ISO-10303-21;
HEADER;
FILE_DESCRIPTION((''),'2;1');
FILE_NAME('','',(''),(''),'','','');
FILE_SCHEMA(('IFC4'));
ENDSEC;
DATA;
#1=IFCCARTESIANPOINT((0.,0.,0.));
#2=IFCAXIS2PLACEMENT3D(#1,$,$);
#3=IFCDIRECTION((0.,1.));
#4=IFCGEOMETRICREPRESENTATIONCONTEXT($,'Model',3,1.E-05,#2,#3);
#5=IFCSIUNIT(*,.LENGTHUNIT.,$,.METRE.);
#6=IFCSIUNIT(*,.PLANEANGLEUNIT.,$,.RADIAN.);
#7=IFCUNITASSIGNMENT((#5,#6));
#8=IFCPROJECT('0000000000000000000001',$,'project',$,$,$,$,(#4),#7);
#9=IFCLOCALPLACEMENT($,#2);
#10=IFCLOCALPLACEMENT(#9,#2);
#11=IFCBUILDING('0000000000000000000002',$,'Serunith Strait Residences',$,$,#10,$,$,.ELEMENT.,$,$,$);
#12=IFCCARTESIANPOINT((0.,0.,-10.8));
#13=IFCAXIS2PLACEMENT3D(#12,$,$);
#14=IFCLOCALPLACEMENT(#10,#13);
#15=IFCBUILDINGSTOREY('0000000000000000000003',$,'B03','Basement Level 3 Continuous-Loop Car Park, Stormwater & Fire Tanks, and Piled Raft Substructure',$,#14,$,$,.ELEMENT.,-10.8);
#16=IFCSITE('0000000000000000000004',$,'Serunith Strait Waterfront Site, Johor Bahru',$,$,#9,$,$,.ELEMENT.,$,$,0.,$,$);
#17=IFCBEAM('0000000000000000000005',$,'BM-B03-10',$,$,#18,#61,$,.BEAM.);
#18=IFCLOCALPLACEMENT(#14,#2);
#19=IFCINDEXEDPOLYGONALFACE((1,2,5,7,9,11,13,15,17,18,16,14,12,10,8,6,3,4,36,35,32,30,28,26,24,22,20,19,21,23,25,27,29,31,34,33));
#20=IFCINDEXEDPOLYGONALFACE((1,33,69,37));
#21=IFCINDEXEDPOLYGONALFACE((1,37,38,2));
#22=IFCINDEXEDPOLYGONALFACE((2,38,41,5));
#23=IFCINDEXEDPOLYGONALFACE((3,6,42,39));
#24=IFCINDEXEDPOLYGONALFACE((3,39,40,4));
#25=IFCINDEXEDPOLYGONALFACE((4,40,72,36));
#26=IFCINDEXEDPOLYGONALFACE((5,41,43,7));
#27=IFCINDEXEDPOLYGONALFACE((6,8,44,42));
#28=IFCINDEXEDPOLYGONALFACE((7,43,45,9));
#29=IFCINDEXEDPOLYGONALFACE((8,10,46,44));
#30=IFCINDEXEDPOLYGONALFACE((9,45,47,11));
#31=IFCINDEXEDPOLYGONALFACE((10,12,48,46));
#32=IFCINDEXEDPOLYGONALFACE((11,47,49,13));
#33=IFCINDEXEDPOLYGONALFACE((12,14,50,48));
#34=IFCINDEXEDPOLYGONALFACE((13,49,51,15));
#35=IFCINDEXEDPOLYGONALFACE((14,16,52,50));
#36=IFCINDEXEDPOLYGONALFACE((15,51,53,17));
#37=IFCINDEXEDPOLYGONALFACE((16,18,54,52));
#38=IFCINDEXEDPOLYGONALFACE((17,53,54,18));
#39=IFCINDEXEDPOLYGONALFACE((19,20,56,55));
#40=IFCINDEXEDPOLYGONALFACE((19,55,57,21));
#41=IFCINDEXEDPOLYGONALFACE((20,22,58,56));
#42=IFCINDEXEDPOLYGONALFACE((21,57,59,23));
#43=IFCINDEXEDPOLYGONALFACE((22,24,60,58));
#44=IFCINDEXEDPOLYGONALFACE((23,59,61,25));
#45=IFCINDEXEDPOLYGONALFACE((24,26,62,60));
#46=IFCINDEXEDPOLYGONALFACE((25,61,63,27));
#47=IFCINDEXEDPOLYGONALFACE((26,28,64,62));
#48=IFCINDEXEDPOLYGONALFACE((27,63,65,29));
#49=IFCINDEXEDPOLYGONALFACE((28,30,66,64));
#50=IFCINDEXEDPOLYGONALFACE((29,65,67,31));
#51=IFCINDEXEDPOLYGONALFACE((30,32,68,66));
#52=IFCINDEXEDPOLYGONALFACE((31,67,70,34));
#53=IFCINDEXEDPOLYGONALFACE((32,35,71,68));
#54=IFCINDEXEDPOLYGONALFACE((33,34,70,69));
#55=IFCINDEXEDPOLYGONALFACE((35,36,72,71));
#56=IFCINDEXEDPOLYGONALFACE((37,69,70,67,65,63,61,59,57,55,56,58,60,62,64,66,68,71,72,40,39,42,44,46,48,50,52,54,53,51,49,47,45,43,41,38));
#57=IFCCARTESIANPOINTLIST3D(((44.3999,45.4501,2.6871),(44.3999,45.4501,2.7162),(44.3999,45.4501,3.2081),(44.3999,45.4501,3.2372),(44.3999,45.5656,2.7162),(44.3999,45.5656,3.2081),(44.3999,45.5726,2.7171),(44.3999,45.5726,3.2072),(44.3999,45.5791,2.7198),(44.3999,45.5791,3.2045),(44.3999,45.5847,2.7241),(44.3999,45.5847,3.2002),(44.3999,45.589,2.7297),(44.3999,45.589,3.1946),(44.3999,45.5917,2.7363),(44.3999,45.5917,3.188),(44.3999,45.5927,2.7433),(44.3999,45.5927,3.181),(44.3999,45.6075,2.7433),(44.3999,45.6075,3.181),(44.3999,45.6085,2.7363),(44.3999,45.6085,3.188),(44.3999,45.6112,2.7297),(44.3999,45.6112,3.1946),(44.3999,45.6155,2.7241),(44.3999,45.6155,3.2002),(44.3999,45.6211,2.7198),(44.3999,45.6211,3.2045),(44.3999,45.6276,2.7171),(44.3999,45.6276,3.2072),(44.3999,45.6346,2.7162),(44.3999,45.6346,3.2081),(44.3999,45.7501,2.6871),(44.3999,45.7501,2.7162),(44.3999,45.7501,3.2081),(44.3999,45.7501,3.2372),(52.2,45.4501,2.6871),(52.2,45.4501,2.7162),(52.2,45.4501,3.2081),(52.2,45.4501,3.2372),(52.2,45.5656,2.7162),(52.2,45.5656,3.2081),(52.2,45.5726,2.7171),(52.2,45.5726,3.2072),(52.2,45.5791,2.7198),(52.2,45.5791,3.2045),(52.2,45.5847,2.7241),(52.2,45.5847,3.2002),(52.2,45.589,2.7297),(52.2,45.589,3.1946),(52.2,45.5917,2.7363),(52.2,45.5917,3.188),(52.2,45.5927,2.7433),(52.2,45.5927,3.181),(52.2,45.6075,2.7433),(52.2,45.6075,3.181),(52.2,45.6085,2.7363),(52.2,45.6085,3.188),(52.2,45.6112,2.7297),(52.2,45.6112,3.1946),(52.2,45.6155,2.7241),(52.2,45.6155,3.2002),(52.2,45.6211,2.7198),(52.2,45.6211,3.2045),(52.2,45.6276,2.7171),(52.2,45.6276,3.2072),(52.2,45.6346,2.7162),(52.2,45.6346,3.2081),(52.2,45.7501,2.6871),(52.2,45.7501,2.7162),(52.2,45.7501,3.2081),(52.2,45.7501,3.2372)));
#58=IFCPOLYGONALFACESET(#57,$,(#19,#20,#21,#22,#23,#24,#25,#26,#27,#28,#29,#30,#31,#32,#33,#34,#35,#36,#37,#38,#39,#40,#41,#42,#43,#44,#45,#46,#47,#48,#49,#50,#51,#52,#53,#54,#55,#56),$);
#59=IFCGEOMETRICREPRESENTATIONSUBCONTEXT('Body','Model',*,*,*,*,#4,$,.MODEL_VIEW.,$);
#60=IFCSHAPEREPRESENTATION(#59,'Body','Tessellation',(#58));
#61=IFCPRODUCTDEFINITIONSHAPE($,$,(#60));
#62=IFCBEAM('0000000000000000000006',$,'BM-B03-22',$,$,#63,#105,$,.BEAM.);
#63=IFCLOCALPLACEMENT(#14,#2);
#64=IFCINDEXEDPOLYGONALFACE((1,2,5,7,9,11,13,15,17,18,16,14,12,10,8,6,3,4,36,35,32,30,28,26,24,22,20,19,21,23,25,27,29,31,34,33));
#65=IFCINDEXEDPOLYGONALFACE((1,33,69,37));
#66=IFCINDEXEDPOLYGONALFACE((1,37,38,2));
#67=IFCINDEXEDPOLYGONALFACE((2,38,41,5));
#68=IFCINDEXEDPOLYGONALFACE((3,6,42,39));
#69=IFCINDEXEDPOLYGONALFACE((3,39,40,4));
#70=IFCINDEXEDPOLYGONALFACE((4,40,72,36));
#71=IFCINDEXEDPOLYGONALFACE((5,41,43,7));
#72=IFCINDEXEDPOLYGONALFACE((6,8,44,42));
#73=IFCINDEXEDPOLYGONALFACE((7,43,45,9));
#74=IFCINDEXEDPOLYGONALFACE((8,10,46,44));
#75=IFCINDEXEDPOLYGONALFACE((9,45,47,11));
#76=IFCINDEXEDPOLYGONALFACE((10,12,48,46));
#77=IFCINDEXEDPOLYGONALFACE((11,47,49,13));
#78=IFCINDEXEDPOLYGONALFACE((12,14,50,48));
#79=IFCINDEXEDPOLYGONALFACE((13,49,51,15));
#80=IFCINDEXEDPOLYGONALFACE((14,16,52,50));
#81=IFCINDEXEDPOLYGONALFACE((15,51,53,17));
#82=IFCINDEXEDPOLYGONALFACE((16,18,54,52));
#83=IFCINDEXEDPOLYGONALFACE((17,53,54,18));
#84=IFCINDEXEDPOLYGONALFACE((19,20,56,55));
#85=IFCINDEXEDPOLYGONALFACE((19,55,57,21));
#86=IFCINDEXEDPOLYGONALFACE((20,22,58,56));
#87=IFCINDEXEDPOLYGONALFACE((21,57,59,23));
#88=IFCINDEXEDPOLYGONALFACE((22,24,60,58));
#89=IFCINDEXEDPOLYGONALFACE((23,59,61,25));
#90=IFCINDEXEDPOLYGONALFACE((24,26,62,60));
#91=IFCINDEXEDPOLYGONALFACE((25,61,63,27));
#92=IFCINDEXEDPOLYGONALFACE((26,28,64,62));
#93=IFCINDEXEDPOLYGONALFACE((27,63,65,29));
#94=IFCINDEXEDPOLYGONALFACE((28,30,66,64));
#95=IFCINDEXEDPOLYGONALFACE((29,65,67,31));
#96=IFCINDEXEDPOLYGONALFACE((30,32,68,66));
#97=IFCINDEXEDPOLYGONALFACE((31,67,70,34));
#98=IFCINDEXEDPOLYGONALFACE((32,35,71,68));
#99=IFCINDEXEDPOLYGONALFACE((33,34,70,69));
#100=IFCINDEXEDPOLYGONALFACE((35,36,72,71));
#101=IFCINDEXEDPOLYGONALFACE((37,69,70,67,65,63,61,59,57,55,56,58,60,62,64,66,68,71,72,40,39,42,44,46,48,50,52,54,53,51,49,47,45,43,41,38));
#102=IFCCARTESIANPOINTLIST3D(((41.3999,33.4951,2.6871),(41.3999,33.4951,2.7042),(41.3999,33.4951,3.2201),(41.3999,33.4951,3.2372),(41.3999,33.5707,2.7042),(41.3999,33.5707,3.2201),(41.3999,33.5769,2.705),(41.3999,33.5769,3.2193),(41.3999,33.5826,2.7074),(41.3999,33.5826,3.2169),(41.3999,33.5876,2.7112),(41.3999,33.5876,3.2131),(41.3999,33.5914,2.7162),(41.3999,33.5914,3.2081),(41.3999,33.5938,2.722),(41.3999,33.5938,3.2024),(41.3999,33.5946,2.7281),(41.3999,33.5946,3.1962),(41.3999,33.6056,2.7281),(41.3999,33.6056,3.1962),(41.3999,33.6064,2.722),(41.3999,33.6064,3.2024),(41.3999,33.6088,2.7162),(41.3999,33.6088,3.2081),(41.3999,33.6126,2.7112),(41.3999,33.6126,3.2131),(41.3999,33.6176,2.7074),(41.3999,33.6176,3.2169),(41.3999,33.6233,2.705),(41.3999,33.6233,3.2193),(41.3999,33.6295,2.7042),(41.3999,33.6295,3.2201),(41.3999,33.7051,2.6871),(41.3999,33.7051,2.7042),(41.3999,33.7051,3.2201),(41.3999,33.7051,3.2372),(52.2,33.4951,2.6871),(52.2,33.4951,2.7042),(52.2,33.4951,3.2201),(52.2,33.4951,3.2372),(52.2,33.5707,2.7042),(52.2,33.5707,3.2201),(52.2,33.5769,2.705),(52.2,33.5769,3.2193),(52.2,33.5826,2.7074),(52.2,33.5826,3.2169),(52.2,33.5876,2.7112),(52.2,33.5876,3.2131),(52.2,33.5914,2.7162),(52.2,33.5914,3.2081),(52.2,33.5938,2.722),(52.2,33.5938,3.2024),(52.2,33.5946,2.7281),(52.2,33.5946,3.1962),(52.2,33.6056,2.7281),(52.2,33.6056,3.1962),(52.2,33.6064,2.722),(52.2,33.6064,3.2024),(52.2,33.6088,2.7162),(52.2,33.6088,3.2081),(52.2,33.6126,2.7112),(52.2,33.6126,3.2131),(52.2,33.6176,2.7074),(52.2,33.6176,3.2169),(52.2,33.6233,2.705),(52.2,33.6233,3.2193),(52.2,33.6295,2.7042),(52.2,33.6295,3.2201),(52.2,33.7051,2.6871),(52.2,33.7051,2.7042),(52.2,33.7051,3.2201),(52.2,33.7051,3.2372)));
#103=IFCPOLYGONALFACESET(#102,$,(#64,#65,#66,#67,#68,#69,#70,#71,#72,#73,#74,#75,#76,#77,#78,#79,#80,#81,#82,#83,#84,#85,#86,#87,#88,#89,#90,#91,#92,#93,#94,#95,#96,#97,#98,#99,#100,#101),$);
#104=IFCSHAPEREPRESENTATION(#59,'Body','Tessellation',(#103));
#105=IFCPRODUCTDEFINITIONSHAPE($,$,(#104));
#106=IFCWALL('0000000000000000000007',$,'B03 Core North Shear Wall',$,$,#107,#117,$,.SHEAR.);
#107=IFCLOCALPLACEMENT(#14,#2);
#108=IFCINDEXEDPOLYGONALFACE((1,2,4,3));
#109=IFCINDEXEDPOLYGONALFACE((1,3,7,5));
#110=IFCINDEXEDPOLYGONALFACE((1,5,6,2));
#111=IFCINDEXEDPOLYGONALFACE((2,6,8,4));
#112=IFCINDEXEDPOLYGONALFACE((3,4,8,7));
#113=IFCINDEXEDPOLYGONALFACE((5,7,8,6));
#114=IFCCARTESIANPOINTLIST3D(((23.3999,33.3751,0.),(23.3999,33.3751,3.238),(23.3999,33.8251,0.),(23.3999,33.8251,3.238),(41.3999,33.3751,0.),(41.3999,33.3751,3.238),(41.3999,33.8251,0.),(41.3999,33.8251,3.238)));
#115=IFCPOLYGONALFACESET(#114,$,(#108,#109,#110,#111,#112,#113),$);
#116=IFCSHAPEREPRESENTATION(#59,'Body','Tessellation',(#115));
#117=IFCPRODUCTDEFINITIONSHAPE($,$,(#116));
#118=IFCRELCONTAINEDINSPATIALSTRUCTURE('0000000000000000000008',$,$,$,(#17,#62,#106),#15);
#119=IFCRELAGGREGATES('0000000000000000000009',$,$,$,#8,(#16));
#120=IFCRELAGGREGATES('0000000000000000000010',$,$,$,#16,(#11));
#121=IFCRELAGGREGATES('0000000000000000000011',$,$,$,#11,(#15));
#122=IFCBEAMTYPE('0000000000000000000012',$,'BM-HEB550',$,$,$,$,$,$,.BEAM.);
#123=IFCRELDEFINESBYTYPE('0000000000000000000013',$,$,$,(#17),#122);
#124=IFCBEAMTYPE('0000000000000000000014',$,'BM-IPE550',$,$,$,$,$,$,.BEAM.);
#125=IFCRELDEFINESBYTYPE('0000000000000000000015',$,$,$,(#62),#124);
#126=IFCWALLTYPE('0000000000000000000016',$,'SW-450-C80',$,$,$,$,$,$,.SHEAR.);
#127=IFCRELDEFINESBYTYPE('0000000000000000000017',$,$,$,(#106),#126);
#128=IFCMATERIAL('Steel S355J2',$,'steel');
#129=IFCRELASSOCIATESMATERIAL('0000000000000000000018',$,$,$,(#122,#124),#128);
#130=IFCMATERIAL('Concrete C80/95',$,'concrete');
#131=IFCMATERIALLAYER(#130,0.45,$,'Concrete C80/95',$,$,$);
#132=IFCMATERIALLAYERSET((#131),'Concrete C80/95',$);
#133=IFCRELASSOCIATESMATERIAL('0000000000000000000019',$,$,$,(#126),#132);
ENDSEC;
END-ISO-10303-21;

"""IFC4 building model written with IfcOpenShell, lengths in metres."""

from ifc_helpers import new_model, si_unit, direction, frame, frame_2d, origin, origin_2d, place, context, subcontext, project, spatial, rectangle, i_section, extrude, source, transform, mapped, material, layer, layer_set, material_profile, profile_set, type_object, element, save


model = new_model("IFC4")

# Units and contexts
model_context = context("Model", 3, precision=1e-05, world=origin(), true_north=direction((0.0, 1.0)))
body_context = subcontext(model_context, "Body", "Model", "MODEL_VIEW")
ifc_project = project(units=[si_unit("LENGTHUNIT", "METRE"), si_unit("PLANEANGLEUNIT", "RADIAN")], contexts=[model_context])

# Site, building, storey
site_placement = place(None, origin())
site = spatial("IfcSite", under=ifc_project, at=site_placement, Name="Serunith Strait Waterfront Site, Johor Bahru", CompositionType="ELEMENT", RefElevation=0.0)
building_placement = place(site_placement, origin())
building = spatial("IfcBuilding", under=site, at=building_placement, Name="Serunith Strait Residences", CompositionType="ELEMENT")
storey_placement = place(building_placement, frame((0.0, 0.0, -10.8)))
storey = spatial("IfcBuildingStorey", under=building, at=storey_placement, Name="B03", Description="Basement Level 3 Continuous-Loop Car Park, Stormwater & Fire Tanks, and Piled Raft Substructure", CompositionType="ELEMENT", Elevation=-10.8)

# Beams
ifc_material_1 = material(Name="Steel S355J2", Category="steel")
ifc_material_profile_1 = material_profile(ifc_material_1, i_section(OverallWidth=0.3, OverallDepth=0.55, WebThickness=0.0149, FlangeThickness=0.0291, FilletRadius=0.0271, at=origin_2d()), Name="HEB 550")
ifc_profile_set_1 = profile_set([ifc_material_profile_1], Name="Steel S355J2")
beam_type_1 = type_object("IfcBeamType", Name="BM-HEB550", PredefinedType="BEAM", material=ifc_profile_set_1)
shared_shape_1 = source(origin(), body_context, "Body", "SweptSolid", [
    extrude(i_section(OverallWidth=0.3, OverallDepth=0.55, WebThickness=0.0149, FlangeThickness=0.0291, FilletRadius=0.0271, at=origin_2d()), origin(), (0.0, 0.0, 1.0), 7.8),
])
beam_1_placement = place(storey_placement, frame((44.3999, 45.6001, 2.9622), z_axis=(1.0, 0.0, 0.0), x_axis=(0.0, 1.0, 0.0)))
element("IfcBeam", 1, at=beam_1_placement, inside=storey, type_object=beam_type_1, Name="BM-B03-10", PredefinedType="BEAM", context=body_context, shape_type="MappedRepresentation", body=[
    mapped(shared_shape_1, transform((0.0, 0.0, 0.0), scale=1.0)),
])
ifc_material_profile_2 = material_profile(ifc_material_1, i_section(OverallWidth=0.21, OverallDepth=0.55, WebThickness=0.011, FlangeThickness=0.0171, FilletRadius=0.0239, at=origin_2d()), Name="IPE 550")
ifc_profile_set_2 = profile_set([ifc_material_profile_2], Name="Steel S355J2")
beam_type_2 = type_object("IfcBeamType", Name="BM-IPE550", PredefinedType="BEAM", material=ifc_profile_set_2)
shared_shape_2 = source(origin(), body_context, "Body", "SweptSolid", [
    extrude(i_section(OverallWidth=0.21, OverallDepth=0.55, WebThickness=0.011, FlangeThickness=0.0171, FilletRadius=0.0239, at=origin_2d()), origin(), (0.0, 0.0, 1.0), 10.8),
])
beam_2_placement = place(storey_placement, frame((41.3999, 33.6001, 2.9622), z_axis=(1.0, 0.0, 0.0), x_axis=(0.0, 1.0, 0.0)))
element("IfcBeam", 2, at=beam_2_placement, inside=storey, type_object=beam_type_2, Name="BM-B03-22", PredefinedType="BEAM", context=body_context, shape_type="MappedRepresentation", body=[
    mapped(shared_shape_2, transform((0.0, 0.0, 0.0), scale=1.0)),
])

# Wall
ifc_material_2 = material(Name="Concrete C80/95", Category="concrete")
ifc_layer = layer(ifc_material_2, 0.45, Name="Concrete C80/95")
ifc_layer_set = layer_set([ifc_layer], Name="Concrete C80/95")
wall_type = type_object("IfcWallType", Name="SW-450-C80", PredefinedType="SHEAR", material=ifc_layer_set)
wall_placement = place(storey_placement, frame((41.3999, 33.6001, 0.0), z_axis=(0.0, 0.0, 1.0), x_axis=(-1.0, 0.0, 0.0)))
element("IfcWall", 3, at=wall_placement, inside=storey, type_object=wall_type, Name="B03 Core North Shear Wall", PredefinedType="SHEAR", context=body_context, shape_type="SweptSolid", body=[
    extrude(rectangle(XDim=18.0, YDim=0.45, at=frame_2d((9.0, 0.0))), origin(), (0.0, 0.0, 1.0), 3.238),
])

save(model, "model.ifc")
